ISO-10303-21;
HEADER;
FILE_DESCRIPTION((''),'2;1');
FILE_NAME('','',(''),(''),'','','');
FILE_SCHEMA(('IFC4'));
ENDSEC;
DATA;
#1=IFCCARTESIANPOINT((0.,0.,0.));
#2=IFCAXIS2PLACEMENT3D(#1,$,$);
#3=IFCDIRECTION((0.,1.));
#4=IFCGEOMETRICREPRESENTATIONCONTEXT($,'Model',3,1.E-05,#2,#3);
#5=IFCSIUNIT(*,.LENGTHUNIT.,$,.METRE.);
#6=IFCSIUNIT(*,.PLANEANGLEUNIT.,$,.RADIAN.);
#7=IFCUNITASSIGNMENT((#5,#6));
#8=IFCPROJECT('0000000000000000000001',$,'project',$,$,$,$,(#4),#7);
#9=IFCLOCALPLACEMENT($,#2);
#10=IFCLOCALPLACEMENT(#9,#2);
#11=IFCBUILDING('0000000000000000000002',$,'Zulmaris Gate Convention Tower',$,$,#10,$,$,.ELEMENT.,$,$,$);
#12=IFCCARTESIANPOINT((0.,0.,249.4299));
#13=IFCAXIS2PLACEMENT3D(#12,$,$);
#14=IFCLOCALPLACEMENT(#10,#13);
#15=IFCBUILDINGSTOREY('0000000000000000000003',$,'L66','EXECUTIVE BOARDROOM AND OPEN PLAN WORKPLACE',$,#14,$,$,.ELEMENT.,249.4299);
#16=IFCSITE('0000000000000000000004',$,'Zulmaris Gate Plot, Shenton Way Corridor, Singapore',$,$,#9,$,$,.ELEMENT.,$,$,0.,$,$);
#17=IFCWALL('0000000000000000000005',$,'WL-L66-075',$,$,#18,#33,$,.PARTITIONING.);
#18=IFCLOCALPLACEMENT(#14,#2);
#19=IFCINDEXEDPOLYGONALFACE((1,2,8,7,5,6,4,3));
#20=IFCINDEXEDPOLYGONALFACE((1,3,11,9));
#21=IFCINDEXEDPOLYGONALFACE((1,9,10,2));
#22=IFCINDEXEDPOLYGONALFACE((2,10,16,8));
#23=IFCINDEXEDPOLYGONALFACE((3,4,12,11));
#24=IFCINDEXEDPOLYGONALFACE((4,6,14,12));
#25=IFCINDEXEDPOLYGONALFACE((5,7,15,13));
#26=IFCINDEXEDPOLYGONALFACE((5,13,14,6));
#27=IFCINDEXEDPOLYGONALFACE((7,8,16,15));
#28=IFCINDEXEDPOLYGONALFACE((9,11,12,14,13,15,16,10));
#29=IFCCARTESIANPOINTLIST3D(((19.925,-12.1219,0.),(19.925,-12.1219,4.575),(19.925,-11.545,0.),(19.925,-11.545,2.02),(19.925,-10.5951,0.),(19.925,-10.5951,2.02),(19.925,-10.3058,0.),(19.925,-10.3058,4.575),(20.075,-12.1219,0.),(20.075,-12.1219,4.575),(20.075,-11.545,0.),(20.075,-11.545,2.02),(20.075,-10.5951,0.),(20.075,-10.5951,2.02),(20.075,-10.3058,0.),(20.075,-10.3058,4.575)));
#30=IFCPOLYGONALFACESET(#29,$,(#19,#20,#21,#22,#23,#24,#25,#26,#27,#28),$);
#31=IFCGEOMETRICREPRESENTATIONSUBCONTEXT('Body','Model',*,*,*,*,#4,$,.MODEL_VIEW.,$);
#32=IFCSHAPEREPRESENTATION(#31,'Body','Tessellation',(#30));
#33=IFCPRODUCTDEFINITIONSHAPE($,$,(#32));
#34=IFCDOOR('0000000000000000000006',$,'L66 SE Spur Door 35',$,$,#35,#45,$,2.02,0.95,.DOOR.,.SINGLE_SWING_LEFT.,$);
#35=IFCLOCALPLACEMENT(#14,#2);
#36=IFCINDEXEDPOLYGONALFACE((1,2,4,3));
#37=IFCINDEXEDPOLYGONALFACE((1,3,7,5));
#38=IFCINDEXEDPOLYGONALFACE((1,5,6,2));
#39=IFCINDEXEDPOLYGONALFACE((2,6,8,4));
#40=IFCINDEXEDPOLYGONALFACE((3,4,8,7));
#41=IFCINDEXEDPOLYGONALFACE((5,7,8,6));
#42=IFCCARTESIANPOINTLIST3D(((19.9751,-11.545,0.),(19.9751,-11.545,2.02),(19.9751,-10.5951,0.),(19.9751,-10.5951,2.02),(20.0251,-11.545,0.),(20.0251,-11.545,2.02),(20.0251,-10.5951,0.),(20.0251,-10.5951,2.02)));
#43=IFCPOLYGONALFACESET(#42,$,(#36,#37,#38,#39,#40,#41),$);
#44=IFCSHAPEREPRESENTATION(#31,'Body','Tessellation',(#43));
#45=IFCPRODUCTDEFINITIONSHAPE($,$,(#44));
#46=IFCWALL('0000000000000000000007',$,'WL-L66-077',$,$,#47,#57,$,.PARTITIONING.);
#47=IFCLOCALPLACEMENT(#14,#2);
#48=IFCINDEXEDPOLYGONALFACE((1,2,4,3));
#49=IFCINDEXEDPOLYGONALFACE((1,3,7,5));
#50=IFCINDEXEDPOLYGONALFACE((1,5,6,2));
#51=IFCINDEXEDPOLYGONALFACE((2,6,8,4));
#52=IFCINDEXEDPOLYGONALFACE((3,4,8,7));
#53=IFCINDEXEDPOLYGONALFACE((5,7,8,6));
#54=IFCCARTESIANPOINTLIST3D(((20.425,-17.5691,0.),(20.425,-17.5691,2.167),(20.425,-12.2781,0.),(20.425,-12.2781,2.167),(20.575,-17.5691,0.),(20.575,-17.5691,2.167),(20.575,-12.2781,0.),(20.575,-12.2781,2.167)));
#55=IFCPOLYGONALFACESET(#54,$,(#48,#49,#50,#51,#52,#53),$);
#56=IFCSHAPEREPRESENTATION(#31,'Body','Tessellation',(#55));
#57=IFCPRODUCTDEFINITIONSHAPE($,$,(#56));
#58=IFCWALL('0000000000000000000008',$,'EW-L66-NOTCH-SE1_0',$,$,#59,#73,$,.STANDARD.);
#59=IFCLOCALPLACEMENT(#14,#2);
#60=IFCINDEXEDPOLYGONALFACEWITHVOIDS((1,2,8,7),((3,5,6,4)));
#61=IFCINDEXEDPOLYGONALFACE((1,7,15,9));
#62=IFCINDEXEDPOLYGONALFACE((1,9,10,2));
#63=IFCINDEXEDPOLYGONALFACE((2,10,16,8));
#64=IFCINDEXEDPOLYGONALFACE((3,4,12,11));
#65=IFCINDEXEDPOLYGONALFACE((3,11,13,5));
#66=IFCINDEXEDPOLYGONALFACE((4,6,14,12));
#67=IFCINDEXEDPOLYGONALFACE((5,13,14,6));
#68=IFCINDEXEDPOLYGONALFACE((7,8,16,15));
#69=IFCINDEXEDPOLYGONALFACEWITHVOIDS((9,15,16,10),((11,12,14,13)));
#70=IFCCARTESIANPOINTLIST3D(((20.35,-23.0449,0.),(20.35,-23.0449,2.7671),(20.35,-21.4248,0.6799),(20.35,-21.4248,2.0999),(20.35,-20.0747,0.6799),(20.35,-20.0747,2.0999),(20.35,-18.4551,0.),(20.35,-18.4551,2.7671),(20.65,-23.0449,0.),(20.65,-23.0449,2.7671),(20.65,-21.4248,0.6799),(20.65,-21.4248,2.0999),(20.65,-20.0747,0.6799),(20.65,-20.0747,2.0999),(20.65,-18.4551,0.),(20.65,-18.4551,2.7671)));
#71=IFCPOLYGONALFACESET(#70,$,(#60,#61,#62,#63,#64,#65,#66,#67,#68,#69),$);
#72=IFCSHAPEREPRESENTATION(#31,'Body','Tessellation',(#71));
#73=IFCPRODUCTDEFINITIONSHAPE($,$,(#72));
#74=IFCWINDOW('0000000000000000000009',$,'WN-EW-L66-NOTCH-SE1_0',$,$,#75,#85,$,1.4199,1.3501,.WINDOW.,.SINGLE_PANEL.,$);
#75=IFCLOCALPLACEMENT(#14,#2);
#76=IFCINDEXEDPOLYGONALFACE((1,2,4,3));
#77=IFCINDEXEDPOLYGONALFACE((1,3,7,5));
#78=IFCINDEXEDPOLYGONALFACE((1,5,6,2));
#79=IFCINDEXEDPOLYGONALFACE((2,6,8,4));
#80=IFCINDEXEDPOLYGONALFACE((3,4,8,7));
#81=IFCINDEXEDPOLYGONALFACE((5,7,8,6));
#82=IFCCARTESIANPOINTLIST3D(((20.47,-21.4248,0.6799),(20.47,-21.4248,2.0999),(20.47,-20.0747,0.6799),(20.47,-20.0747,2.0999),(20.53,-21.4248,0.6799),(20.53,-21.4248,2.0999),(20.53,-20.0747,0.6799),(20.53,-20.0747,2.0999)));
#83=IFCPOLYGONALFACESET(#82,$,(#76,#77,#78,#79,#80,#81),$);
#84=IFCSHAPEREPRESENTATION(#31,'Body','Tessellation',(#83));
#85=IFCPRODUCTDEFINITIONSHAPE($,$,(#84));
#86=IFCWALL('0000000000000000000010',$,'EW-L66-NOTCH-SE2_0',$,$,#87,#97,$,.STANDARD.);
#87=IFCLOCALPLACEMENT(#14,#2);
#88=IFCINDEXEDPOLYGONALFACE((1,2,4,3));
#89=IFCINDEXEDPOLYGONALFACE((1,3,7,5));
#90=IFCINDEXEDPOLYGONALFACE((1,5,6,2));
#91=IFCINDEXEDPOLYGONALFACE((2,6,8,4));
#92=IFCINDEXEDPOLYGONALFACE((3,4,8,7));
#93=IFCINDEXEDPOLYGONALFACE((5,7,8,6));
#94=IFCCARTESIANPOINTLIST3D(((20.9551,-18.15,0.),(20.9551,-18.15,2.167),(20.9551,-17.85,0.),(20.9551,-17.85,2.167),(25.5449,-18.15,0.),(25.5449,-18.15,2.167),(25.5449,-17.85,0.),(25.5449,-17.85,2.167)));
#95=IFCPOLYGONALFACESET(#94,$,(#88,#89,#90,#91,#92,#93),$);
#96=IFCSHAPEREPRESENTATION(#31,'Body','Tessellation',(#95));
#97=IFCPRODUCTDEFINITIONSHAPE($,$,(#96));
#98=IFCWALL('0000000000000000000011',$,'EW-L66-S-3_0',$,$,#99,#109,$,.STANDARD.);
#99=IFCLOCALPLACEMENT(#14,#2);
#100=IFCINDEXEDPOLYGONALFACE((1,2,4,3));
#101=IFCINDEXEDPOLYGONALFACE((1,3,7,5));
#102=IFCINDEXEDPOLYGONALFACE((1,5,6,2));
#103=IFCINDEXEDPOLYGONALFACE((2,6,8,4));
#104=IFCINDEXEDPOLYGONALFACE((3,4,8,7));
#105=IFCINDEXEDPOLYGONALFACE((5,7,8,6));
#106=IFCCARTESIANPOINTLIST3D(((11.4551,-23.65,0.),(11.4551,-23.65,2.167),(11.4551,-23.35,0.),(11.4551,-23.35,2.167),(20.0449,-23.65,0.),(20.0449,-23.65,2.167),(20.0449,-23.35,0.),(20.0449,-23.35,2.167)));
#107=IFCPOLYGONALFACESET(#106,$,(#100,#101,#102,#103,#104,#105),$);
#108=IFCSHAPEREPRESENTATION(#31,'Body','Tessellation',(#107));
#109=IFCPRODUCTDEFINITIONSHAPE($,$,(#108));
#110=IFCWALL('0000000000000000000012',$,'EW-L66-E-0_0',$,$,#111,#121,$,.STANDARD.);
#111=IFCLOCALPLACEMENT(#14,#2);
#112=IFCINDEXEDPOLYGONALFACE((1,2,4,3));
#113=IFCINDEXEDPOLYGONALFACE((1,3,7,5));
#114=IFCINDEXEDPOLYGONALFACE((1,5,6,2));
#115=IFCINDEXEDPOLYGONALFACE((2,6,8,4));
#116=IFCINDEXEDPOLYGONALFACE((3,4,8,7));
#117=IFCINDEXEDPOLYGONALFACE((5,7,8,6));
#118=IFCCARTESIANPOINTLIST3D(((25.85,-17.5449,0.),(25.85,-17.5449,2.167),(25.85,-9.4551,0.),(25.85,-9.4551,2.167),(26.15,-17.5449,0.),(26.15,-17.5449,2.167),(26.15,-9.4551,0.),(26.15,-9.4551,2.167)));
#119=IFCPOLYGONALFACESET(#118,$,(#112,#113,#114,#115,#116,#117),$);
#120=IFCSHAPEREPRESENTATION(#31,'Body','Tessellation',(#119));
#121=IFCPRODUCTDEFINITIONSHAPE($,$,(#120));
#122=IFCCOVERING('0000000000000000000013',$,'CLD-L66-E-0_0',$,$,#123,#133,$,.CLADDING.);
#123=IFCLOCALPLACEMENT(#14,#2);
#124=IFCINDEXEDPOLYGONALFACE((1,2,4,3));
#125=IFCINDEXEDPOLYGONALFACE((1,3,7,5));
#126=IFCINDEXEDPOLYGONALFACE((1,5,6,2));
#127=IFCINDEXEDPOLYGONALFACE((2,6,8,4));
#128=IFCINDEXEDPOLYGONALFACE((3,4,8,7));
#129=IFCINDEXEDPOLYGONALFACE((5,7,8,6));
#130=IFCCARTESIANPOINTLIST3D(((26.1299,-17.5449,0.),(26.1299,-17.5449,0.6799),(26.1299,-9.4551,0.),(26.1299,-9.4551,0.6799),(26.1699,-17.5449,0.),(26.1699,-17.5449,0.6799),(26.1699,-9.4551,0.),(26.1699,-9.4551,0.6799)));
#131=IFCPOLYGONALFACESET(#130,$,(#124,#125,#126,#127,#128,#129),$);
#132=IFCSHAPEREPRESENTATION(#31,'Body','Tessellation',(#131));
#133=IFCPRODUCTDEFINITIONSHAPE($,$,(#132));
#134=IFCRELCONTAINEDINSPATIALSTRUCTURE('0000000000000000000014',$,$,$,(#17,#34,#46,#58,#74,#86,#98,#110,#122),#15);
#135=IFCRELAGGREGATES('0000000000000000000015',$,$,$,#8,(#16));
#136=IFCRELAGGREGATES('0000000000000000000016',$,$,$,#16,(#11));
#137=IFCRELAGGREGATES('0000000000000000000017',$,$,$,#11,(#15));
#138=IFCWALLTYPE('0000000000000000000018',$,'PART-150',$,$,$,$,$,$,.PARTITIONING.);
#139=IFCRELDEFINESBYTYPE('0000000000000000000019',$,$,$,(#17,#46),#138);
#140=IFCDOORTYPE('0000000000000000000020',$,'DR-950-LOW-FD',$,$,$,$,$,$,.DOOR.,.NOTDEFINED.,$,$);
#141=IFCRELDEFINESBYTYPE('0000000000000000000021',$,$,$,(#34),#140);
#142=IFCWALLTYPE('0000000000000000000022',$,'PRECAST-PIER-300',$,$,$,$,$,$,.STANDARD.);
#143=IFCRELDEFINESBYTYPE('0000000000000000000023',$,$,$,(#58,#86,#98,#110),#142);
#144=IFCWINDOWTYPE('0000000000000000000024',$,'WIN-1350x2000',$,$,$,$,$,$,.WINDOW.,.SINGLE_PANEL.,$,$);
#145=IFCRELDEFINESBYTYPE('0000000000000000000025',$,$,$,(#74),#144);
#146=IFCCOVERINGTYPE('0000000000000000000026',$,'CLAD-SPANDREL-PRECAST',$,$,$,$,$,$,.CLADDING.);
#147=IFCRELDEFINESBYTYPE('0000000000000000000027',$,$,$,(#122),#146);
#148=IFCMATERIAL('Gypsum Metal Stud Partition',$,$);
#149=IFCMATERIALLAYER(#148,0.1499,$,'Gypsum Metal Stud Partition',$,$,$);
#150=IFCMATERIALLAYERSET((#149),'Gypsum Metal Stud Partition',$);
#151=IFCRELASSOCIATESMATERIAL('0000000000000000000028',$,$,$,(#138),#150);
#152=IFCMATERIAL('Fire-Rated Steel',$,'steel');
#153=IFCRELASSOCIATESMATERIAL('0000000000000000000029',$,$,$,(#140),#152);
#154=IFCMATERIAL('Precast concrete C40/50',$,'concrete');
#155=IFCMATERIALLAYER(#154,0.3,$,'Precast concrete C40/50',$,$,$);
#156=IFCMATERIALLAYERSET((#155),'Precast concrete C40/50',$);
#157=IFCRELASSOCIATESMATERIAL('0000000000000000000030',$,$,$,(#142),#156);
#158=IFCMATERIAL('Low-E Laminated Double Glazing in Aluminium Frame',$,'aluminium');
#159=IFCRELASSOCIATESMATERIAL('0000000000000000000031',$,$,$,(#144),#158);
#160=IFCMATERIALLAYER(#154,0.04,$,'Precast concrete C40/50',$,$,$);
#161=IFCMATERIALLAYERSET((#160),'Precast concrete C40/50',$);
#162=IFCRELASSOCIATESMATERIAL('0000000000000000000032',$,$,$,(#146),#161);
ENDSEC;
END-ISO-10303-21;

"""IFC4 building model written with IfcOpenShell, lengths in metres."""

from ifc_helpers import new_model, si_unit, direction, frame, frame_2d, origin, place, context, subcontext, project, spatial, rectangle, extrude, material, layer, layer_set, type_object, element, fill, save


model = new_model("IFC4")

# Units and contexts
model_context = context("Model", 3, precision=1e-05, world=origin(), true_north=direction((0.0, 1.0)))
body_context = subcontext(model_context, "Body", "Model", "MODEL_VIEW")
ifc_project = project(units=[si_unit("LENGTHUNIT", "METRE"), si_unit("PLANEANGLEUNIT", "RADIAN")], contexts=[model_context])

# Site, building, storey
site_placement = place(None, origin())
site = spatial("IfcSite", under=ifc_project, at=site_placement, Name="Zulmaris Gate Plot, Shenton Way Corridor, Singapore", CompositionType="ELEMENT", RefElevation=0.0)
building_placement = place(site_placement, origin())
building = spatial("IfcBuilding", under=site, at=building_placement, Name="Zulmaris Gate Convention Tower", CompositionType="ELEMENT")
storey_placement = place(building_placement, frame((0.0, 0.0, 249.4299)))
storey = spatial("IfcBuildingStorey", under=building, at=storey_placement, Name="L66", Description="EXECUTIVE BOARDROOM AND OPEN PLAN WORKPLACE", CompositionType="ELEMENT", Elevation=249.4299)

# Wall, opening, door
ifc_material_1 = material(Name="Fire-Rated Steel", Category="steel")
ifc_material_2 = material(Name="Gypsum Metal Stud Partition")
ifc_layer_1 = layer(ifc_material_2, 0.1499, Name="Gypsum Metal Stud Partition")
ifc_layer_set_1 = layer_set([ifc_layer_1], Name="Gypsum Metal Stud Partition")
wall_type_1 = type_object("IfcWallType", Name="PART-150", PredefinedType="PARTITIONING", material=ifc_layer_set_1)
wall_1_placement = place(storey_placement, frame((20.0, -12.1221, 0.0), z_axis=(0.0, 0.0, 1.0), x_axis=(0.0, 1.0, 0.0)))
wall_1 = element("IfcWall", 1, at=wall_1_placement, inside=storey, type_object=wall_type_1, Name="WL-L66-075", PredefinedType="PARTITIONING", context=body_context, shape_type="SweptSolid", body=[
    extrude(rectangle(XDim=1.8162, YDim=0.1499, at=frame_2d((0.9082, 0.0))), origin(), (0.0, 0.0, 1.0), 4.575),
])
opening_1_placement = place(wall_1_placement, frame((0.5769, 0.0, 0.0)))
opening_1 = element("IfcOpeningElement", 2, at=opening_1_placement, cuts=wall_1, PredefinedType="OPENING", context=body_context, shape_type="SweptSolid", body=[
    extrude(rectangle(XDim=0.95, YDim=2.02, at=frame_2d((0.4751, 1.01))), frame((0.0, 0.085, 0.0), z_axis=(0.0, -1.0, 0.0), x_axis=(1.0, 0.0, 0.0)), (0.0, 0.0, 1.0), 0.1699),
])
door_type_1 = type_object("IfcDoorType", Name="DR-950-LOW-FD", OperationType="NOTDEFINED", PredefinedType="DOOR", material=ifc_material_1)
door_1_placement = place(opening_1_placement, origin())
door_1 = element("IfcDoor", 3, at=door_1_placement, inside=storey, type_object=door_type_1, Name="L66 SE Spur Door 35", OperationType="SINGLE_SWING_LEFT", OverallHeight=2.02, OverallWidth=0.95, PredefinedType="DOOR", context=body_context, shape_type="SweptSolid", body=[
    extrude(rectangle(XDim=0.95, YDim=2.02, at=frame_2d((0.4751, 1.01))), frame((0.0, 0.0249, 0.0), z_axis=(0.0, -1.0, 0.0), x_axis=(1.0, 0.0, 0.0)), (0.0, 0.0, 1.0), 0.05),
])
fill(opening_1, door_1)

# Wall
wall_2_placement = place(storey_placement, frame((20.5, -17.5691, 0.0), z_axis=(0.0, 0.0, 1.0), x_axis=(0.0, 1.0, 0.0)))
element("IfcWall", 4, at=wall_2_placement, inside=storey, type_object=wall_type_1, Name="WL-L66-077", PredefinedType="PARTITIONING", context=body_context, shape_type="SweptSolid", body=[
    extrude(rectangle(XDim=5.291, YDim=0.1499, at=frame_2d((2.6455, 0.0))), origin(), (0.0, 0.0, 1.0), 2.167),
])

# Wall, opening, window
ifc_material_3 = material(Name="Precast concrete C40/50", Category="concrete")
ifc_layer_2 = layer(ifc_material_3, 0.3, Name="Precast concrete C40/50")
ifc_layer_set_2 = layer_set([ifc_layer_2], Name="Precast concrete C40/50")
wall_type_2 = type_object("IfcWallType", Name="PRECAST-PIER-300", PredefinedType="STANDARD", material=ifc_layer_set_2)
wall_3_placement = place(storey_placement, frame((20.5, -23.0449, 0.0), z_axis=(0.0, 0.0, 1.0), x_axis=(0.0, 1.0, 0.0)))
wall_3 = element("IfcWall", 5, at=wall_3_placement, inside=storey, type_object=wall_type_2, Name="EW-L66-NOTCH-SE1_0", PredefinedType="STANDARD", context=body_context, shape_type="SweptSolid", body=[
    extrude(rectangle(XDim=4.5898, YDim=0.3, at=frame_2d((2.2949, 0.0))), origin(), (0.0, 0.0, 1.0), 2.7671),
])
opening_2_placement = place(wall_3_placement, frame((1.6201, 0.0, 0.6799)))
opening_2 = element("IfcOpeningElement", 6, at=opening_2_placement, cuts=wall_3, PredefinedType="OPENING", context=body_context, shape_type="SweptSolid", body=[
    extrude(rectangle(XDim=1.3501, YDim=1.4199, at=frame_2d((0.675, 0.71))), frame((0.0, 0.1602, 0.0), z_axis=(0.0, -1.0, 0.0), x_axis=(1.0, 0.0, 0.0)), (0.0, 0.0, 1.0), 0.3201),
])
ifc_material_4 = material(Name="Low-E Laminated Double Glazing in Aluminium Frame", Category="aluminium")
window_type = type_object("IfcWindowType", Name="WIN-1350x2000", PartitioningType="SINGLE_PANEL", PredefinedType="WINDOW", material=ifc_material_4)
window_placement = place(opening_2_placement, origin())
window = element("IfcWindow", 7, at=window_placement, inside=storey, type_object=window_type, Name="WN-EW-L66-NOTCH-SE1_0", OverallHeight=1.4199, OverallWidth=1.3501, PartitioningType="SINGLE_PANEL", PredefinedType="WINDOW", context=body_context, shape_type="SweptSolid", body=[
    extrude(rectangle(XDim=1.3501, YDim=1.4199, at=frame_2d((0.675, 0.71))), frame((0.0, 0.03, 0.0), z_axis=(0.0, -1.0, 0.0), x_axis=(1.0, 0.0, 0.0)), (0.0, 0.0, 1.0), 0.0601),
])
fill(opening_2, window)

# Walls
wall_4_placement = place(storey_placement, frame((20.9551, -18.0, 0.0), z_axis=(0.0, 0.0, 1.0), x_axis=(1.0, 0.0, 0.0)))
element("IfcWall", 8, at=wall_4_placement, inside=storey, type_object=wall_type_2, Name="EW-L66-NOTCH-SE2_0", PredefinedType="STANDARD", context=body_context, shape_type="SweptSolid", body=[
    extrude(rectangle(XDim=4.5898, YDim=0.3, at=frame_2d((2.2949, 0.0))), origin(), (0.0, 0.0, 1.0), 2.167),
])
wall_5_placement = place(storey_placement, frame((11.4551, -23.5, 0.0), z_axis=(0.0, 0.0, 1.0), x_axis=(1.0, 0.0, 0.0)))
element("IfcWall", 9, at=wall_5_placement, inside=storey, type_object=wall_type_2, Name="EW-L66-S-3_0", PredefinedType="STANDARD", context=body_context, shape_type="SweptSolid", body=[
    extrude(rectangle(XDim=8.5898, YDim=0.3, at=frame_2d((4.2949, 0.0))), origin(), (0.0, 0.0, 1.0), 2.167),
])
wall_6_placement = place(storey_placement, frame((26.0, -17.5449, 0.0), z_axis=(0.0, 0.0, 1.0), x_axis=(0.0, 1.0, 0.0)))
element("IfcWall", 10, at=wall_6_placement, inside=storey, type_object=wall_type_2, Name="EW-L66-E-0_0", PredefinedType="STANDARD", context=body_context, shape_type="SweptSolid", body=[
    extrude(rectangle(XDim=8.0898, YDim=0.3, at=frame_2d((4.0449, 0.0))), origin(), (0.0, 0.0, 1.0), 2.167),
])

# Covering
ifc_layer_3 = layer(ifc_material_3, 0.04, Name="Precast concrete C40/50")
ifc_layer_set_3 = layer_set([ifc_layer_3], Name="Precast concrete C40/50")
covering_type = type_object("IfcCoveringType", Name="CLAD-SPANDREL-PRECAST", PredefinedType="CLADDING", material=ifc_layer_set_3)
covering_placement = place(storey_placement, frame((26.1499, -17.5449, 0.0), z_axis=(0.0, 0.0, 1.0), x_axis=(0.0, 1.0, 0.0)))
element("IfcCovering", 11, at=covering_placement, inside=storey, type_object=covering_type, Name="CLD-L66-E-0_0", PredefinedType="CLADDING", context=body_context, shape_type="SweptSolid", body=[
    extrude(rectangle(XDim=8.0898, YDim=0.04, at=frame_2d((4.0449, 0.0))), origin(), (0.0, 0.0, 1.0), 0.6799),
])

save(model, "model.ifc")
